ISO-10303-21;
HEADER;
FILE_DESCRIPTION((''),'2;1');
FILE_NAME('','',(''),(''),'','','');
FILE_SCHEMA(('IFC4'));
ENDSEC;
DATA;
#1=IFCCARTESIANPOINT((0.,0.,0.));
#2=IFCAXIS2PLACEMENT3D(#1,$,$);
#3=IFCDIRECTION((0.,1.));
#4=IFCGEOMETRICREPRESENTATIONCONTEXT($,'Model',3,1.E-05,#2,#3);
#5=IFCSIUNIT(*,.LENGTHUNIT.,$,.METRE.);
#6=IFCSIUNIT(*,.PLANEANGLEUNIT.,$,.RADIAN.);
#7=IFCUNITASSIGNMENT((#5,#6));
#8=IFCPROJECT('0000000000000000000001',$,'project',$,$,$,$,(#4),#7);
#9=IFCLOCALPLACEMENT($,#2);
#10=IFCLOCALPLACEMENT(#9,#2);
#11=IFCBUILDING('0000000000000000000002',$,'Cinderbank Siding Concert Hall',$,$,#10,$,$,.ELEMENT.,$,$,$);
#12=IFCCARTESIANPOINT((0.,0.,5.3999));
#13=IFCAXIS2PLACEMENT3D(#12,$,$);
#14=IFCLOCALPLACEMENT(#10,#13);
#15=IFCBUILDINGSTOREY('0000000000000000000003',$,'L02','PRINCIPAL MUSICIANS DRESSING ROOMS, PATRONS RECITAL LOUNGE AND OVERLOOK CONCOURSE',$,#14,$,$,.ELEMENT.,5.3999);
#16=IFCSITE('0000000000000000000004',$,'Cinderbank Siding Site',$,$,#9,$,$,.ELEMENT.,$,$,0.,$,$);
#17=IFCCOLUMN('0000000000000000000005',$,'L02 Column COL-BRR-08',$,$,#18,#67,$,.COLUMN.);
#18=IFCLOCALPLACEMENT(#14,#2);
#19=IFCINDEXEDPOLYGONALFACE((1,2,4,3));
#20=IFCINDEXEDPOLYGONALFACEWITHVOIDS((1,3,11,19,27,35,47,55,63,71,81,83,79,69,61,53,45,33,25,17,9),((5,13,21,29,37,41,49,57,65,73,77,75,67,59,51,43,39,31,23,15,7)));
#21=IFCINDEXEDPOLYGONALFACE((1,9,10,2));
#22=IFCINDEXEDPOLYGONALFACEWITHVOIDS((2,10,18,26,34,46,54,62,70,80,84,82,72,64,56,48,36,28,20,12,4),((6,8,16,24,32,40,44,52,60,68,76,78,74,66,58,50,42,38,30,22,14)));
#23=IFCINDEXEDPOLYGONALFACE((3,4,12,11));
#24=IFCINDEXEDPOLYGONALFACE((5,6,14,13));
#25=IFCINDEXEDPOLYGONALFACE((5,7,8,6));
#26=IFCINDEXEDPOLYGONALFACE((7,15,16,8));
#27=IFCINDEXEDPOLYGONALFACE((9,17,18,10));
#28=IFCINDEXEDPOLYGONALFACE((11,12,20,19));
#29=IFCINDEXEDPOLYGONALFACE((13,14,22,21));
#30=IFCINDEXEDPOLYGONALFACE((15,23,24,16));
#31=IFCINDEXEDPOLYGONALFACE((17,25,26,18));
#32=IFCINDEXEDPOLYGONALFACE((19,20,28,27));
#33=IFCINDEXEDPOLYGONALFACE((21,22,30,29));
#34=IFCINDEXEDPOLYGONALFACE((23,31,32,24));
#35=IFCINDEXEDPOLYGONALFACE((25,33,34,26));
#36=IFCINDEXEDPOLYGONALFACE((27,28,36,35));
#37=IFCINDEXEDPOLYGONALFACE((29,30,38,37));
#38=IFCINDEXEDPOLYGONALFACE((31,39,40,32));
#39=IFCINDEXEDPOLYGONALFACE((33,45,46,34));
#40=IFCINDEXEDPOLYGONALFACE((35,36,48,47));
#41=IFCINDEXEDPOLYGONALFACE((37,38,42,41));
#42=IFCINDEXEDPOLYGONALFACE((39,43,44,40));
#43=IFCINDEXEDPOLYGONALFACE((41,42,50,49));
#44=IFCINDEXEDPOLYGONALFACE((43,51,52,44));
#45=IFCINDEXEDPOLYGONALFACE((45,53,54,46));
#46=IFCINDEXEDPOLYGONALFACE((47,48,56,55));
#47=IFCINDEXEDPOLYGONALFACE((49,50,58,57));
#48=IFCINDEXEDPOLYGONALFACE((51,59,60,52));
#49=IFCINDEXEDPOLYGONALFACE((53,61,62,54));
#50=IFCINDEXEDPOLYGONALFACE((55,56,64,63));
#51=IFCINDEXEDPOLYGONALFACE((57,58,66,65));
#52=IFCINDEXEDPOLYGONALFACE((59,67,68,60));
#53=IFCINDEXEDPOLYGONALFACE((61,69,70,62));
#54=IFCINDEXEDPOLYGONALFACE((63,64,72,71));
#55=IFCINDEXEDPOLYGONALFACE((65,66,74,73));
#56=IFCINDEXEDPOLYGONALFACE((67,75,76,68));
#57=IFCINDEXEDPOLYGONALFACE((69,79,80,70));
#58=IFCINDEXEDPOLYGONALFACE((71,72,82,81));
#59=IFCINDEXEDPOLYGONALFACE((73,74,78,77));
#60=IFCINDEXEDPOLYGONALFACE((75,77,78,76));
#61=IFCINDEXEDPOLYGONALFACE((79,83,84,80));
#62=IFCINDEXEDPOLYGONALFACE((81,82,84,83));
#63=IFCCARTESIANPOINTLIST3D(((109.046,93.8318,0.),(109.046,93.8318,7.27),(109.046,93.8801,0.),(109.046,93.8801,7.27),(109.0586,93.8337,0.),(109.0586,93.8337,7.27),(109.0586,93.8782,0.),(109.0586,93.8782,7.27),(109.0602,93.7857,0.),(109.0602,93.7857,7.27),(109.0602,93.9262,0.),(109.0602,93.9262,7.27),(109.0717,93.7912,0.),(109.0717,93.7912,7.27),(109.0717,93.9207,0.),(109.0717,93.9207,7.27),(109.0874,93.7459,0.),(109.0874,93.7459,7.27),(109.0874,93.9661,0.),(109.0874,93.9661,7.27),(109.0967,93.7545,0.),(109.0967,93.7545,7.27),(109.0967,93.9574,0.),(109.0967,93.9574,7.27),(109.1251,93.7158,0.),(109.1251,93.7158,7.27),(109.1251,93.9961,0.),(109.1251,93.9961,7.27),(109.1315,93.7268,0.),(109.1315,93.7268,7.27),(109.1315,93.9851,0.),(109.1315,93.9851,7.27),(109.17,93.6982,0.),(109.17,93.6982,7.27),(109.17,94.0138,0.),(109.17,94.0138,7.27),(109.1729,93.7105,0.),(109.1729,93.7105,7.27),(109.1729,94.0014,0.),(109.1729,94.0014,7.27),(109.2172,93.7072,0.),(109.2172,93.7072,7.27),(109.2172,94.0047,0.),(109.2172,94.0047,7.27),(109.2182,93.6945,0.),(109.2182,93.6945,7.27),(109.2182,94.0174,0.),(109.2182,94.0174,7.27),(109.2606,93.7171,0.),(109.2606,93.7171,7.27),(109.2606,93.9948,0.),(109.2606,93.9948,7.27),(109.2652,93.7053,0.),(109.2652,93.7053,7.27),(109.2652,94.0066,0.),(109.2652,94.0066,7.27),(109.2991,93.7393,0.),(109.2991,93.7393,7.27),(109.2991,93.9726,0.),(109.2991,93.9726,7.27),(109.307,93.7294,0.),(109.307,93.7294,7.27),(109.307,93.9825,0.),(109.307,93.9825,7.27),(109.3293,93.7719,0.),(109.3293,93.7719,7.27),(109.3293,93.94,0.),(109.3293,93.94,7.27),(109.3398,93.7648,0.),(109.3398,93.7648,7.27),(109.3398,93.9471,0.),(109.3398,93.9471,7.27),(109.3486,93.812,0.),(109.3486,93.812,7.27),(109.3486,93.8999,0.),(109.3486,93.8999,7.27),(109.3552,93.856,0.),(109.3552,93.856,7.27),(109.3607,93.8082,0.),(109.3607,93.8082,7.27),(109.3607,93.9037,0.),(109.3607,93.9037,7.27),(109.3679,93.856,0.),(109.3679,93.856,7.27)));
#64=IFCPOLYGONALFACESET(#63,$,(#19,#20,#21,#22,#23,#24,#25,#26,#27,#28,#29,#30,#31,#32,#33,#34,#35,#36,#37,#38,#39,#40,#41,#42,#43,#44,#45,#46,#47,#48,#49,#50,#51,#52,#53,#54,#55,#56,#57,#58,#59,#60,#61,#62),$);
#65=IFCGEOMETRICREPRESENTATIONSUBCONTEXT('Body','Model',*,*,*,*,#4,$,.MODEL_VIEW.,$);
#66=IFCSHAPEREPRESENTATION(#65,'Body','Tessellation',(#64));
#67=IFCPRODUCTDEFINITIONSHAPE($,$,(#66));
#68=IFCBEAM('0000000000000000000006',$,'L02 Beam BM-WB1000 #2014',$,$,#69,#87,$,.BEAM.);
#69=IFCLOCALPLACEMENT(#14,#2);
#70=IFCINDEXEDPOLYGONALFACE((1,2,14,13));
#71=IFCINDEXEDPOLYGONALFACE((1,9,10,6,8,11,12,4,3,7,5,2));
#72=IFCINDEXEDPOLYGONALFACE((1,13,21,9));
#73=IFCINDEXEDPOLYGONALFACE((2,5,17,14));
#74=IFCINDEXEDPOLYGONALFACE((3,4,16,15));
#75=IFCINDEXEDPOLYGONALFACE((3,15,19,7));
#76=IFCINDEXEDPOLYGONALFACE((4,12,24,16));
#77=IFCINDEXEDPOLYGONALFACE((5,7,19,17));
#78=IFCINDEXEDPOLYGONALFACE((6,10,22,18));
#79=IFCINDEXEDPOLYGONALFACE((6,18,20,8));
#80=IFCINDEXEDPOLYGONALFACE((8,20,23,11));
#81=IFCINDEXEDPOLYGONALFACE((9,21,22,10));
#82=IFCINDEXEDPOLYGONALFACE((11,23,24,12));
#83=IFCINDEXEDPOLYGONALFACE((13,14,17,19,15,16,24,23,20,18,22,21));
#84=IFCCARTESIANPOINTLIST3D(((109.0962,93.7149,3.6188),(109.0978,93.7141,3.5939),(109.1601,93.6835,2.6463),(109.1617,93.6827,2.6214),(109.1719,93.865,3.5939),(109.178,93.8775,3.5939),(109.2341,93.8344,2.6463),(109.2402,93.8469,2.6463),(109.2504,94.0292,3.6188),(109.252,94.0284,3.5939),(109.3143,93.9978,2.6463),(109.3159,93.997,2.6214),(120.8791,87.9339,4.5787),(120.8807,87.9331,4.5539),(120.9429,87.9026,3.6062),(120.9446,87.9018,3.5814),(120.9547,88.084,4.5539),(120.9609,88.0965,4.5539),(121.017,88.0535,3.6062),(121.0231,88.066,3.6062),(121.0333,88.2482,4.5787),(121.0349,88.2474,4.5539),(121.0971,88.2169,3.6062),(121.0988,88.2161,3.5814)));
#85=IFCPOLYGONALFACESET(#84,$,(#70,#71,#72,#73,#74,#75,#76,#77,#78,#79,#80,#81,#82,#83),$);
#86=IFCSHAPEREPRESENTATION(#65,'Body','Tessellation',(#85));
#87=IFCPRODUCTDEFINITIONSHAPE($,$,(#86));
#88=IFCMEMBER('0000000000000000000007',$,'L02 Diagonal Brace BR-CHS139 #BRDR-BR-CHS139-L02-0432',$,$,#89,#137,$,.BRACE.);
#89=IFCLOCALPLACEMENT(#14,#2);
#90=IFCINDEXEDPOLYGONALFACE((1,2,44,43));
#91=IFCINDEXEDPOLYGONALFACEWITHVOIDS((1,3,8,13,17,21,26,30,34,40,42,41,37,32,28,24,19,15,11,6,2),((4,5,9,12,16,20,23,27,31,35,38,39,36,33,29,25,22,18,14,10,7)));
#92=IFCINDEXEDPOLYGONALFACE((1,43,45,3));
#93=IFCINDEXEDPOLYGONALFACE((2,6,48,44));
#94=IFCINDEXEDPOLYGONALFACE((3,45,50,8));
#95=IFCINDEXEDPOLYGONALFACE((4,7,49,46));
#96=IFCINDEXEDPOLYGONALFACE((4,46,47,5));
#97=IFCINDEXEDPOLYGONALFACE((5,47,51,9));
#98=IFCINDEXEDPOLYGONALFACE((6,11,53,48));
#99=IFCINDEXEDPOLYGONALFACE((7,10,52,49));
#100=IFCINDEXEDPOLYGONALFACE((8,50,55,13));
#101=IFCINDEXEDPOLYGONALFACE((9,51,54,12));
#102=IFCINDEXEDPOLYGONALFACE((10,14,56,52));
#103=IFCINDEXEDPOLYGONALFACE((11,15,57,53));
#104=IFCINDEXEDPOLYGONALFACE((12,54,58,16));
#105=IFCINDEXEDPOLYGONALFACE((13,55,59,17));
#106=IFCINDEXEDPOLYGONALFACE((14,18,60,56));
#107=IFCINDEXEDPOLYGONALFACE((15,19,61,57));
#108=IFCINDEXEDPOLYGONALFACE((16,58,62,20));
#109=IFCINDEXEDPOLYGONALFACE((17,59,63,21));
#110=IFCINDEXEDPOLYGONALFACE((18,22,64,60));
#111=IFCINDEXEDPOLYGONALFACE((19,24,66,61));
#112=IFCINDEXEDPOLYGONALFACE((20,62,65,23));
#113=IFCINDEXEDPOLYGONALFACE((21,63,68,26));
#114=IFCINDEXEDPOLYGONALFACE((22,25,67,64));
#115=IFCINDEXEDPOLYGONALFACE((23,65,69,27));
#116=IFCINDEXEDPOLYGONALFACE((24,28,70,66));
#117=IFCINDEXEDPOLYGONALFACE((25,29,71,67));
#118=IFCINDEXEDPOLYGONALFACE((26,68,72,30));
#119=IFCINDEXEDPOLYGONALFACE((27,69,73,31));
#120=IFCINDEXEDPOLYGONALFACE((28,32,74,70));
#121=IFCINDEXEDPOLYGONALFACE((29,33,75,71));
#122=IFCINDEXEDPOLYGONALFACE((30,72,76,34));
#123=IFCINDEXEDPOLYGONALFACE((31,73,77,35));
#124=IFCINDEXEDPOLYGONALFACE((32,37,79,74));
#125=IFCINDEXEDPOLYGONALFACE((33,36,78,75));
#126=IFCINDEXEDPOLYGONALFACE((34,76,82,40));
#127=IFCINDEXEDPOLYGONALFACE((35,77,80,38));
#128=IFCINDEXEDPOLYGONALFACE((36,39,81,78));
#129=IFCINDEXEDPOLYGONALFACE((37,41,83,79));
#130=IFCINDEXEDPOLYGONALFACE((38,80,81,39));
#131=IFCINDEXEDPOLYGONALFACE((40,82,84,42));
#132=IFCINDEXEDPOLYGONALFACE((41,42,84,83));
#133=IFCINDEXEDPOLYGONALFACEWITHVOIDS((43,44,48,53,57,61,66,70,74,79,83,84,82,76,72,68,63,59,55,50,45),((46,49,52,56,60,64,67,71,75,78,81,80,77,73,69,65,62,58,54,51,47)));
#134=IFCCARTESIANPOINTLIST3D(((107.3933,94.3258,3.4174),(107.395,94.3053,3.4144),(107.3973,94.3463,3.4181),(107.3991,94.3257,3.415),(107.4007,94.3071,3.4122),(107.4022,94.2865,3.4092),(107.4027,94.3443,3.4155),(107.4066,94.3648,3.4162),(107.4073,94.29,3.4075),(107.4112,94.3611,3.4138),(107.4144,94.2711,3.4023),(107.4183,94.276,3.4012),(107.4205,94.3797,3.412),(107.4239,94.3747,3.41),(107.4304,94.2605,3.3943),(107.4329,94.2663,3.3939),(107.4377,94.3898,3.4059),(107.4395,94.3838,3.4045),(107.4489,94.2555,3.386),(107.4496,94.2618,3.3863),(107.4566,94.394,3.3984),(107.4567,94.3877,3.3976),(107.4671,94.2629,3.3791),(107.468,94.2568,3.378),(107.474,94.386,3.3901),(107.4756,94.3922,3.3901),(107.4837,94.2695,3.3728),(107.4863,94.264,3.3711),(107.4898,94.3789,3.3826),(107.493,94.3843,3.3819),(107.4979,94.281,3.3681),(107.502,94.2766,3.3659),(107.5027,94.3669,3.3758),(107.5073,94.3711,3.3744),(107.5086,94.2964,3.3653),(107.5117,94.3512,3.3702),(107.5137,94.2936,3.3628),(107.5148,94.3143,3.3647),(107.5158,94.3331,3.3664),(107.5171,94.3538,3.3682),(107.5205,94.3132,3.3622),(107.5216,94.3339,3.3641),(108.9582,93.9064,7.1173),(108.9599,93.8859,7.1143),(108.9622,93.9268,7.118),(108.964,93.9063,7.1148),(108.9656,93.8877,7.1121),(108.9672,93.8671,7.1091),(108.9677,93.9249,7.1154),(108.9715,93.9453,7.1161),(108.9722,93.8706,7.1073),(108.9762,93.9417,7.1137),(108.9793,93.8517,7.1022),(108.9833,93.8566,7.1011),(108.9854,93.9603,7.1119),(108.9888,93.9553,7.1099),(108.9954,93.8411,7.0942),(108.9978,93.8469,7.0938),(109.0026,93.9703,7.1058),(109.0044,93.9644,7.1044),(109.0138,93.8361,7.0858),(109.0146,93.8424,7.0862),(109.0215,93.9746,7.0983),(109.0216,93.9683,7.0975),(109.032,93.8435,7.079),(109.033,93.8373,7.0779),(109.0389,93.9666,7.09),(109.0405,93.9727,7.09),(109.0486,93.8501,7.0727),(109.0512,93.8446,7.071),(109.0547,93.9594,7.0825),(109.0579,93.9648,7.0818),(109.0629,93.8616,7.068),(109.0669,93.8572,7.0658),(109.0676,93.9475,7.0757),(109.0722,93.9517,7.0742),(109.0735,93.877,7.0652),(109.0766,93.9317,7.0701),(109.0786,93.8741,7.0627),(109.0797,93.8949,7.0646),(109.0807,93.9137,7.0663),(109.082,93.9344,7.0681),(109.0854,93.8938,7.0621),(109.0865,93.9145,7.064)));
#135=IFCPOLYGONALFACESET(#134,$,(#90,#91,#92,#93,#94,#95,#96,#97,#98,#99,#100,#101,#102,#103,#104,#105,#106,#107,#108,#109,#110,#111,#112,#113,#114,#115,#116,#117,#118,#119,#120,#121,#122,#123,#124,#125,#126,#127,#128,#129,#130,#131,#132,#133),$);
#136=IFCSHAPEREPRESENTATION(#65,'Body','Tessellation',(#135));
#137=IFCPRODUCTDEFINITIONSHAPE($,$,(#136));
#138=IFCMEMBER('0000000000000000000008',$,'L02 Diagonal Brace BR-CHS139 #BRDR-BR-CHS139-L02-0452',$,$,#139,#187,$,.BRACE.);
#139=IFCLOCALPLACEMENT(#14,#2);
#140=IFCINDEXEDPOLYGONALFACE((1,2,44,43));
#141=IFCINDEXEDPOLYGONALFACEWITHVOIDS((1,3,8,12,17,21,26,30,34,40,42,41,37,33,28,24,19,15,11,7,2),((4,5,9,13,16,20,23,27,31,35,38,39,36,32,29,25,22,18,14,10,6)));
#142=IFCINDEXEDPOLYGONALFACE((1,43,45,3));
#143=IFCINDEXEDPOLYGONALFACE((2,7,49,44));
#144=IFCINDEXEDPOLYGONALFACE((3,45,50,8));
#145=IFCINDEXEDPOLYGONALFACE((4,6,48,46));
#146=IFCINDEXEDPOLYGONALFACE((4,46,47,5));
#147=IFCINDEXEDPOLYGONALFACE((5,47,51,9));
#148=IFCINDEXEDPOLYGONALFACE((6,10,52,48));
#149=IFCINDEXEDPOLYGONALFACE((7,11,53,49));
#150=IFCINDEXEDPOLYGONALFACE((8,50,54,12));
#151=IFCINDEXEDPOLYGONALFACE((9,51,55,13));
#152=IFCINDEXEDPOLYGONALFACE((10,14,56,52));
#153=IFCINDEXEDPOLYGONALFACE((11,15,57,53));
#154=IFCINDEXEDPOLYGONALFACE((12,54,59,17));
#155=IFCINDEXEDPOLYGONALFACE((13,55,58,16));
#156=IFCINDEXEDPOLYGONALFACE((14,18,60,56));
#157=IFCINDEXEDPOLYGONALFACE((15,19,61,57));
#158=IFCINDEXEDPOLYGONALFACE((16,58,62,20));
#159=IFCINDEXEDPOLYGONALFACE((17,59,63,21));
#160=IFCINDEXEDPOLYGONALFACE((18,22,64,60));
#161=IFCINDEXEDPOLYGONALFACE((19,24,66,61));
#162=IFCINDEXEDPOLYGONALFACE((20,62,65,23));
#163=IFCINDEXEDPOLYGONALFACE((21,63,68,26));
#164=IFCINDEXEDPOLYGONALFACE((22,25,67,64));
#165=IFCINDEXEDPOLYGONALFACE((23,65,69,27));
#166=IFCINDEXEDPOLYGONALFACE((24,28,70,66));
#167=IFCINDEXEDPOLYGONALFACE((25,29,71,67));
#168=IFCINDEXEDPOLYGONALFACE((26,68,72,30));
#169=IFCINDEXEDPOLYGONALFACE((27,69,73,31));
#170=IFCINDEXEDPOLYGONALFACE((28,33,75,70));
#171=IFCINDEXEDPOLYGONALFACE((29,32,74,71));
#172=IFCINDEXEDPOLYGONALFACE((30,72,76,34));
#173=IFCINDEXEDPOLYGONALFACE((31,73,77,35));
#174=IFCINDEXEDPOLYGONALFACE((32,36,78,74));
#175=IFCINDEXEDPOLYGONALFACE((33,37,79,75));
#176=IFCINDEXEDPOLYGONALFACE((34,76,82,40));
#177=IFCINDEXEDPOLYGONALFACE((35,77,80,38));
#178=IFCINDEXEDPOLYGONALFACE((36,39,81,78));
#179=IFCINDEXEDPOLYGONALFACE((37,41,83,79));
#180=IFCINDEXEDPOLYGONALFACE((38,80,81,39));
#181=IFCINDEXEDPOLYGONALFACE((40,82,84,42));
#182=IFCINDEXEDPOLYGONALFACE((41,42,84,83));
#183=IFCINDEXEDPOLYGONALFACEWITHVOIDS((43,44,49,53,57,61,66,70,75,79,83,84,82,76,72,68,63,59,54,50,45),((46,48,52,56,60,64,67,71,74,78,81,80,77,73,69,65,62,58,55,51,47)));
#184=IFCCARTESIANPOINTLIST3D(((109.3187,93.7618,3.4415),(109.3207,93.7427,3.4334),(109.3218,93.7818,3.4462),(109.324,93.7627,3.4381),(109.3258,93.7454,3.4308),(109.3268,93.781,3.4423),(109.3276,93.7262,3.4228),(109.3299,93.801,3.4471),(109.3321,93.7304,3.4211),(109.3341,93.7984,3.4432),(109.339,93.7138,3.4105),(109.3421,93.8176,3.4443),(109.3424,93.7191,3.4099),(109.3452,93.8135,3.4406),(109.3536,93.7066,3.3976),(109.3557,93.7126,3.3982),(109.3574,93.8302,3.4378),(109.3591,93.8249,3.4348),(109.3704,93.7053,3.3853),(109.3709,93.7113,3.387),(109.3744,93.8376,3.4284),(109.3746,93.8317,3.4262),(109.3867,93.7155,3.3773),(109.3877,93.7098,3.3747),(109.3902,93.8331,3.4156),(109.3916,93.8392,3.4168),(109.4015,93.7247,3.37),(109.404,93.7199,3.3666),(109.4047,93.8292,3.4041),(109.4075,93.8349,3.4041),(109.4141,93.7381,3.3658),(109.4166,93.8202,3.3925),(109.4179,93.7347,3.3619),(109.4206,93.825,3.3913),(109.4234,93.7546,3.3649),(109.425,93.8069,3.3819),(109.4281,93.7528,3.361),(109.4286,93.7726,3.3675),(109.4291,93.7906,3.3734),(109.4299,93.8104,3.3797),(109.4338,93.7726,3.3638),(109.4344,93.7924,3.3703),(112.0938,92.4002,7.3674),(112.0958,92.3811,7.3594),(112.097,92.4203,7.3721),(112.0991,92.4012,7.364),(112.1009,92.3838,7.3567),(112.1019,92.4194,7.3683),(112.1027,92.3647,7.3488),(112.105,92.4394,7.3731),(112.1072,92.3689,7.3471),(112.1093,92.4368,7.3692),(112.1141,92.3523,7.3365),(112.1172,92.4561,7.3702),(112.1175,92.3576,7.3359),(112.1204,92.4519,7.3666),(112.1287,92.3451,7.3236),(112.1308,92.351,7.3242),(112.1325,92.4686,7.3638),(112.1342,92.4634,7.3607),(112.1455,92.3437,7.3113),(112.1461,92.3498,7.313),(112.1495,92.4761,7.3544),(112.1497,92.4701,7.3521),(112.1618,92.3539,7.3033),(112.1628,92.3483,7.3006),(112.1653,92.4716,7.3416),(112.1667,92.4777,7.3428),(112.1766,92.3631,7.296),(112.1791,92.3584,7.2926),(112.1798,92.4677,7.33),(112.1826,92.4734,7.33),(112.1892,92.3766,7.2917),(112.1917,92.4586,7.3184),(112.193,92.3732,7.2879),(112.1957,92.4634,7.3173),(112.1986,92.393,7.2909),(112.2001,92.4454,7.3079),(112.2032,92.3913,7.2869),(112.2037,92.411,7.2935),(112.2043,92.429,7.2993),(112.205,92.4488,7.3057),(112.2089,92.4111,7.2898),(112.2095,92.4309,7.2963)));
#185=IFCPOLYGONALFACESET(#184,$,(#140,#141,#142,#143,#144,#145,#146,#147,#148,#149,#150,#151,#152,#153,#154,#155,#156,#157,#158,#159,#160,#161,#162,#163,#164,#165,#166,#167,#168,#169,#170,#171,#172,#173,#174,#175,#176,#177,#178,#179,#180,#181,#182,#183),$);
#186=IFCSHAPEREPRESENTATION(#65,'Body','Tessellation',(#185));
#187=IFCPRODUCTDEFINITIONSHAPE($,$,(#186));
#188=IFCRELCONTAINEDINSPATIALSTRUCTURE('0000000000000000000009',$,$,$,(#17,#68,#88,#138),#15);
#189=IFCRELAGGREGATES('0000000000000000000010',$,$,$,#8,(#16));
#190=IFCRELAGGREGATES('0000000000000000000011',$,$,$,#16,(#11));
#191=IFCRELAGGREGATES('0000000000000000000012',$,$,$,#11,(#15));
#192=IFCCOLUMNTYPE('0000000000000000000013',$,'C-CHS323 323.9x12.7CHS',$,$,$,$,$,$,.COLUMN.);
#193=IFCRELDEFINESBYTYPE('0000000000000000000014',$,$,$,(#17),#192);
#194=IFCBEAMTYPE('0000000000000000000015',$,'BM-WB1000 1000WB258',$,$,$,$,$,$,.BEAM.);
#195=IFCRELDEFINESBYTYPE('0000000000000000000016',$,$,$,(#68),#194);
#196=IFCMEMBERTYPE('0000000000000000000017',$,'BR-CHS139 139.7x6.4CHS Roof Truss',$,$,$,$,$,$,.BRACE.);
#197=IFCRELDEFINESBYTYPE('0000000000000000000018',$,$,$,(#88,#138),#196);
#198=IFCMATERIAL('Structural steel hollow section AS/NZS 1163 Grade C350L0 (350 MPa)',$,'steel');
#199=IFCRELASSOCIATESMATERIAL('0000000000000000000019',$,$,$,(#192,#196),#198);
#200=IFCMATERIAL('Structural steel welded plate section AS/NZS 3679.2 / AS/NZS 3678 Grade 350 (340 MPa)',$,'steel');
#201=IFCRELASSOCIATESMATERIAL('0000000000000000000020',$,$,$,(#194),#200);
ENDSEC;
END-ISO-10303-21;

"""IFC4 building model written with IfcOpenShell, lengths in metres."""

from ifc_helpers import new_model, si_unit, direction, frame, origin, origin_2d, place, context, subcontext, project, spatial, hollow_circle, i_section, extrude, material, material_profile, profile_set, type_object, element, save


model = new_model("IFC4")

# Units and contexts
model_context = context("Model", 3, precision=1e-05, world=origin(), true_north=direction((0.0, 1.0)))
body_context = subcontext(model_context, "Body", "Model", "MODEL_VIEW")
ifc_project = project(units=[si_unit("LENGTHUNIT", "METRE"), si_unit("PLANEANGLEUNIT", "RADIAN")], contexts=[model_context])

# Site, building, storey
site_placement = place(None, origin())
site = spatial("IfcSite", under=ifc_project, at=site_placement, Name="Cinderbank Siding Site", CompositionType="ELEMENT", RefElevation=0.0)
building_placement = place(site_placement, origin())
building = spatial("IfcBuilding", under=site, at=building_placement, Name="Cinderbank Siding Concert Hall", CompositionType="ELEMENT")
storey_placement = place(building_placement, frame((0.0, 0.0, 5.3999)))
storey = spatial("IfcBuildingStorey", under=building, at=storey_placement, Name="L02", Description="PRINCIPAL MUSICIANS DRESSING ROOMS, PATRONS RECITAL LOUNGE AND OVERLOOK CONCOURSE", CompositionType="ELEMENT", Elevation=5.3999)

# Column
ifc_material_1 = material(Name="Structural steel hollow section AS/NZS 1163 Grade C350L0 (350 MPa)", Category="steel")
ifc_material_profile_1 = material_profile(ifc_material_1, hollow_circle(Radius=0.1619, WallThickness=0.0127, at=origin_2d()), Name="323.9x12.7CHS", Category="LoadBearing")
ifc_profile_set_1 = profile_set([ifc_material_profile_1], Name="Structural steel hollow section AS/NZS 1163 Grade C350L0 (350 MPa)")
column_type = type_object("IfcColumnType", Name="C-CHS323 323.9x12.7CHS", PredefinedType="COLUMN", material=ifc_profile_set_1)
column_placement = place(storey_placement, frame((109.2061, 93.856, 0.0), z_axis=(0.0, 0.0, 1.0), x_axis=(1.0, 0.0, 0.0)))
element("IfcColumn", 1, at=column_placement, inside=storey, type_object=column_type, Name="L02 Column COL-BRR-08", PredefinedType="COLUMN", context=body_context, shape_type="SweptSolid", body=[
    extrude(hollow_circle(Radius=0.1619, WallThickness=0.0127, at=origin_2d()), origin(), (0.0, 0.0, 1.0), 7.27),
])

# Beam
ifc_material_2 = material(Name="Structural steel welded plate section AS/NZS 3679.2 / AS/NZS 3678 Grade 350 (340 MPa)", Category="steel")
ifc_material_profile_2 = material_profile(ifc_material_2, i_section(OverallWidth=0.3501, OverallDepth=1.0, WebThickness=0.0139, FlangeThickness=0.0249, at=origin_2d()), Name="1000WB258", Category="LoadBearing")
ifc_profile_set_2 = profile_set([ifc_material_profile_2], Name="Structural steel welded plate section AS/NZS 3679.2 / AS/NZS 3678 Grade 350 (340 MPa)")
beam_type_1 = type_object("IfcBeamType", Name="BM-WB1000 1000WB258", PredefinedType="BEAM", material=ifc_profile_set_2)
beam_1_placement = place(storey_placement, frame((109.2061, 93.856, 3.1201), z_axis=(0.895377, -0.439294, 0.072947), x_axis=(0.440467, 0.897769, 0.0)))
element("IfcBeam", 2, at=beam_1_placement, inside=storey, type_object=beam_type_1, Name="L02 Beam BM-WB1000 #2014", PredefinedType="BEAM", context=body_context, shape_type="SweptSolid", body=[
    extrude(i_section(OverallWidth=0.3501, OverallDepth=1.0, WebThickness=0.0139, FlangeThickness=0.0249, at=origin_2d()), origin(), (0.0, 0.0, 1.0), 13.1597),
])

# Members
ifc_material_profile_3 = material_profile(ifc_material_1, hollow_circle(Radius=0.0698, WallThickness=0.0063, at=origin_2d()), Name="139.7x6.4CHS", Category="LoadBearing")
ifc_profile_set_3 = profile_set([ifc_material_profile_3], Name="Structural steel hollow section AS/NZS 1163 Grade C350L0 (350 MPa)")
member_type_1 = type_object("IfcMemberType", Name="BR-CHS139 139.7x6.4CHS Roof Truss", PredefinedType="BRACE", material=ifc_profile_set_3)
member_1_placement = place(storey_placement, frame((107.4575, 94.3247, 3.3901), z_axis=(0.387445, -0.103842, 0.916026), x_axis=(0.258882, 0.965909, 0.0)))
element("IfcMember", 3, at=member_1_placement, inside=storey, type_object=member_type_1, Name="L02 Diagonal Brace BR-CHS139 #BRDR-BR-CHS139-L02-0432", PredefinedType="BRACE", context=body_context, shape_type="SweptSolid", body=[
    extrude(hollow_circle(Radius=0.0698, WallThickness=0.0063, at=origin_2d()), origin(), (0.0, 0.0, 1.0), 4.0391),
])
member_2_placement = place(storey_placement, frame((109.3767, 93.7722, 3.4041), z_axis=(0.555374, -0.272483, 0.785692), x_axis=(0.440472, 0.897766, 0.0)))
element("IfcMember", 4, at=member_2_placement, inside=storey, type_object=member_type_1, Name="L02 Diagonal Brace BR-CHS139 #BRDR-BR-CHS139-L02-0452", PredefinedType="BRACE", context=body_context, shape_type="SweptSolid", body=[
    extrude(hollow_circle(Radius=0.0698, WallThickness=0.0063, at=origin_2d()), origin(), (0.0, 0.0, 1.0), 4.9968),
])

save(model, "model.ifc")
